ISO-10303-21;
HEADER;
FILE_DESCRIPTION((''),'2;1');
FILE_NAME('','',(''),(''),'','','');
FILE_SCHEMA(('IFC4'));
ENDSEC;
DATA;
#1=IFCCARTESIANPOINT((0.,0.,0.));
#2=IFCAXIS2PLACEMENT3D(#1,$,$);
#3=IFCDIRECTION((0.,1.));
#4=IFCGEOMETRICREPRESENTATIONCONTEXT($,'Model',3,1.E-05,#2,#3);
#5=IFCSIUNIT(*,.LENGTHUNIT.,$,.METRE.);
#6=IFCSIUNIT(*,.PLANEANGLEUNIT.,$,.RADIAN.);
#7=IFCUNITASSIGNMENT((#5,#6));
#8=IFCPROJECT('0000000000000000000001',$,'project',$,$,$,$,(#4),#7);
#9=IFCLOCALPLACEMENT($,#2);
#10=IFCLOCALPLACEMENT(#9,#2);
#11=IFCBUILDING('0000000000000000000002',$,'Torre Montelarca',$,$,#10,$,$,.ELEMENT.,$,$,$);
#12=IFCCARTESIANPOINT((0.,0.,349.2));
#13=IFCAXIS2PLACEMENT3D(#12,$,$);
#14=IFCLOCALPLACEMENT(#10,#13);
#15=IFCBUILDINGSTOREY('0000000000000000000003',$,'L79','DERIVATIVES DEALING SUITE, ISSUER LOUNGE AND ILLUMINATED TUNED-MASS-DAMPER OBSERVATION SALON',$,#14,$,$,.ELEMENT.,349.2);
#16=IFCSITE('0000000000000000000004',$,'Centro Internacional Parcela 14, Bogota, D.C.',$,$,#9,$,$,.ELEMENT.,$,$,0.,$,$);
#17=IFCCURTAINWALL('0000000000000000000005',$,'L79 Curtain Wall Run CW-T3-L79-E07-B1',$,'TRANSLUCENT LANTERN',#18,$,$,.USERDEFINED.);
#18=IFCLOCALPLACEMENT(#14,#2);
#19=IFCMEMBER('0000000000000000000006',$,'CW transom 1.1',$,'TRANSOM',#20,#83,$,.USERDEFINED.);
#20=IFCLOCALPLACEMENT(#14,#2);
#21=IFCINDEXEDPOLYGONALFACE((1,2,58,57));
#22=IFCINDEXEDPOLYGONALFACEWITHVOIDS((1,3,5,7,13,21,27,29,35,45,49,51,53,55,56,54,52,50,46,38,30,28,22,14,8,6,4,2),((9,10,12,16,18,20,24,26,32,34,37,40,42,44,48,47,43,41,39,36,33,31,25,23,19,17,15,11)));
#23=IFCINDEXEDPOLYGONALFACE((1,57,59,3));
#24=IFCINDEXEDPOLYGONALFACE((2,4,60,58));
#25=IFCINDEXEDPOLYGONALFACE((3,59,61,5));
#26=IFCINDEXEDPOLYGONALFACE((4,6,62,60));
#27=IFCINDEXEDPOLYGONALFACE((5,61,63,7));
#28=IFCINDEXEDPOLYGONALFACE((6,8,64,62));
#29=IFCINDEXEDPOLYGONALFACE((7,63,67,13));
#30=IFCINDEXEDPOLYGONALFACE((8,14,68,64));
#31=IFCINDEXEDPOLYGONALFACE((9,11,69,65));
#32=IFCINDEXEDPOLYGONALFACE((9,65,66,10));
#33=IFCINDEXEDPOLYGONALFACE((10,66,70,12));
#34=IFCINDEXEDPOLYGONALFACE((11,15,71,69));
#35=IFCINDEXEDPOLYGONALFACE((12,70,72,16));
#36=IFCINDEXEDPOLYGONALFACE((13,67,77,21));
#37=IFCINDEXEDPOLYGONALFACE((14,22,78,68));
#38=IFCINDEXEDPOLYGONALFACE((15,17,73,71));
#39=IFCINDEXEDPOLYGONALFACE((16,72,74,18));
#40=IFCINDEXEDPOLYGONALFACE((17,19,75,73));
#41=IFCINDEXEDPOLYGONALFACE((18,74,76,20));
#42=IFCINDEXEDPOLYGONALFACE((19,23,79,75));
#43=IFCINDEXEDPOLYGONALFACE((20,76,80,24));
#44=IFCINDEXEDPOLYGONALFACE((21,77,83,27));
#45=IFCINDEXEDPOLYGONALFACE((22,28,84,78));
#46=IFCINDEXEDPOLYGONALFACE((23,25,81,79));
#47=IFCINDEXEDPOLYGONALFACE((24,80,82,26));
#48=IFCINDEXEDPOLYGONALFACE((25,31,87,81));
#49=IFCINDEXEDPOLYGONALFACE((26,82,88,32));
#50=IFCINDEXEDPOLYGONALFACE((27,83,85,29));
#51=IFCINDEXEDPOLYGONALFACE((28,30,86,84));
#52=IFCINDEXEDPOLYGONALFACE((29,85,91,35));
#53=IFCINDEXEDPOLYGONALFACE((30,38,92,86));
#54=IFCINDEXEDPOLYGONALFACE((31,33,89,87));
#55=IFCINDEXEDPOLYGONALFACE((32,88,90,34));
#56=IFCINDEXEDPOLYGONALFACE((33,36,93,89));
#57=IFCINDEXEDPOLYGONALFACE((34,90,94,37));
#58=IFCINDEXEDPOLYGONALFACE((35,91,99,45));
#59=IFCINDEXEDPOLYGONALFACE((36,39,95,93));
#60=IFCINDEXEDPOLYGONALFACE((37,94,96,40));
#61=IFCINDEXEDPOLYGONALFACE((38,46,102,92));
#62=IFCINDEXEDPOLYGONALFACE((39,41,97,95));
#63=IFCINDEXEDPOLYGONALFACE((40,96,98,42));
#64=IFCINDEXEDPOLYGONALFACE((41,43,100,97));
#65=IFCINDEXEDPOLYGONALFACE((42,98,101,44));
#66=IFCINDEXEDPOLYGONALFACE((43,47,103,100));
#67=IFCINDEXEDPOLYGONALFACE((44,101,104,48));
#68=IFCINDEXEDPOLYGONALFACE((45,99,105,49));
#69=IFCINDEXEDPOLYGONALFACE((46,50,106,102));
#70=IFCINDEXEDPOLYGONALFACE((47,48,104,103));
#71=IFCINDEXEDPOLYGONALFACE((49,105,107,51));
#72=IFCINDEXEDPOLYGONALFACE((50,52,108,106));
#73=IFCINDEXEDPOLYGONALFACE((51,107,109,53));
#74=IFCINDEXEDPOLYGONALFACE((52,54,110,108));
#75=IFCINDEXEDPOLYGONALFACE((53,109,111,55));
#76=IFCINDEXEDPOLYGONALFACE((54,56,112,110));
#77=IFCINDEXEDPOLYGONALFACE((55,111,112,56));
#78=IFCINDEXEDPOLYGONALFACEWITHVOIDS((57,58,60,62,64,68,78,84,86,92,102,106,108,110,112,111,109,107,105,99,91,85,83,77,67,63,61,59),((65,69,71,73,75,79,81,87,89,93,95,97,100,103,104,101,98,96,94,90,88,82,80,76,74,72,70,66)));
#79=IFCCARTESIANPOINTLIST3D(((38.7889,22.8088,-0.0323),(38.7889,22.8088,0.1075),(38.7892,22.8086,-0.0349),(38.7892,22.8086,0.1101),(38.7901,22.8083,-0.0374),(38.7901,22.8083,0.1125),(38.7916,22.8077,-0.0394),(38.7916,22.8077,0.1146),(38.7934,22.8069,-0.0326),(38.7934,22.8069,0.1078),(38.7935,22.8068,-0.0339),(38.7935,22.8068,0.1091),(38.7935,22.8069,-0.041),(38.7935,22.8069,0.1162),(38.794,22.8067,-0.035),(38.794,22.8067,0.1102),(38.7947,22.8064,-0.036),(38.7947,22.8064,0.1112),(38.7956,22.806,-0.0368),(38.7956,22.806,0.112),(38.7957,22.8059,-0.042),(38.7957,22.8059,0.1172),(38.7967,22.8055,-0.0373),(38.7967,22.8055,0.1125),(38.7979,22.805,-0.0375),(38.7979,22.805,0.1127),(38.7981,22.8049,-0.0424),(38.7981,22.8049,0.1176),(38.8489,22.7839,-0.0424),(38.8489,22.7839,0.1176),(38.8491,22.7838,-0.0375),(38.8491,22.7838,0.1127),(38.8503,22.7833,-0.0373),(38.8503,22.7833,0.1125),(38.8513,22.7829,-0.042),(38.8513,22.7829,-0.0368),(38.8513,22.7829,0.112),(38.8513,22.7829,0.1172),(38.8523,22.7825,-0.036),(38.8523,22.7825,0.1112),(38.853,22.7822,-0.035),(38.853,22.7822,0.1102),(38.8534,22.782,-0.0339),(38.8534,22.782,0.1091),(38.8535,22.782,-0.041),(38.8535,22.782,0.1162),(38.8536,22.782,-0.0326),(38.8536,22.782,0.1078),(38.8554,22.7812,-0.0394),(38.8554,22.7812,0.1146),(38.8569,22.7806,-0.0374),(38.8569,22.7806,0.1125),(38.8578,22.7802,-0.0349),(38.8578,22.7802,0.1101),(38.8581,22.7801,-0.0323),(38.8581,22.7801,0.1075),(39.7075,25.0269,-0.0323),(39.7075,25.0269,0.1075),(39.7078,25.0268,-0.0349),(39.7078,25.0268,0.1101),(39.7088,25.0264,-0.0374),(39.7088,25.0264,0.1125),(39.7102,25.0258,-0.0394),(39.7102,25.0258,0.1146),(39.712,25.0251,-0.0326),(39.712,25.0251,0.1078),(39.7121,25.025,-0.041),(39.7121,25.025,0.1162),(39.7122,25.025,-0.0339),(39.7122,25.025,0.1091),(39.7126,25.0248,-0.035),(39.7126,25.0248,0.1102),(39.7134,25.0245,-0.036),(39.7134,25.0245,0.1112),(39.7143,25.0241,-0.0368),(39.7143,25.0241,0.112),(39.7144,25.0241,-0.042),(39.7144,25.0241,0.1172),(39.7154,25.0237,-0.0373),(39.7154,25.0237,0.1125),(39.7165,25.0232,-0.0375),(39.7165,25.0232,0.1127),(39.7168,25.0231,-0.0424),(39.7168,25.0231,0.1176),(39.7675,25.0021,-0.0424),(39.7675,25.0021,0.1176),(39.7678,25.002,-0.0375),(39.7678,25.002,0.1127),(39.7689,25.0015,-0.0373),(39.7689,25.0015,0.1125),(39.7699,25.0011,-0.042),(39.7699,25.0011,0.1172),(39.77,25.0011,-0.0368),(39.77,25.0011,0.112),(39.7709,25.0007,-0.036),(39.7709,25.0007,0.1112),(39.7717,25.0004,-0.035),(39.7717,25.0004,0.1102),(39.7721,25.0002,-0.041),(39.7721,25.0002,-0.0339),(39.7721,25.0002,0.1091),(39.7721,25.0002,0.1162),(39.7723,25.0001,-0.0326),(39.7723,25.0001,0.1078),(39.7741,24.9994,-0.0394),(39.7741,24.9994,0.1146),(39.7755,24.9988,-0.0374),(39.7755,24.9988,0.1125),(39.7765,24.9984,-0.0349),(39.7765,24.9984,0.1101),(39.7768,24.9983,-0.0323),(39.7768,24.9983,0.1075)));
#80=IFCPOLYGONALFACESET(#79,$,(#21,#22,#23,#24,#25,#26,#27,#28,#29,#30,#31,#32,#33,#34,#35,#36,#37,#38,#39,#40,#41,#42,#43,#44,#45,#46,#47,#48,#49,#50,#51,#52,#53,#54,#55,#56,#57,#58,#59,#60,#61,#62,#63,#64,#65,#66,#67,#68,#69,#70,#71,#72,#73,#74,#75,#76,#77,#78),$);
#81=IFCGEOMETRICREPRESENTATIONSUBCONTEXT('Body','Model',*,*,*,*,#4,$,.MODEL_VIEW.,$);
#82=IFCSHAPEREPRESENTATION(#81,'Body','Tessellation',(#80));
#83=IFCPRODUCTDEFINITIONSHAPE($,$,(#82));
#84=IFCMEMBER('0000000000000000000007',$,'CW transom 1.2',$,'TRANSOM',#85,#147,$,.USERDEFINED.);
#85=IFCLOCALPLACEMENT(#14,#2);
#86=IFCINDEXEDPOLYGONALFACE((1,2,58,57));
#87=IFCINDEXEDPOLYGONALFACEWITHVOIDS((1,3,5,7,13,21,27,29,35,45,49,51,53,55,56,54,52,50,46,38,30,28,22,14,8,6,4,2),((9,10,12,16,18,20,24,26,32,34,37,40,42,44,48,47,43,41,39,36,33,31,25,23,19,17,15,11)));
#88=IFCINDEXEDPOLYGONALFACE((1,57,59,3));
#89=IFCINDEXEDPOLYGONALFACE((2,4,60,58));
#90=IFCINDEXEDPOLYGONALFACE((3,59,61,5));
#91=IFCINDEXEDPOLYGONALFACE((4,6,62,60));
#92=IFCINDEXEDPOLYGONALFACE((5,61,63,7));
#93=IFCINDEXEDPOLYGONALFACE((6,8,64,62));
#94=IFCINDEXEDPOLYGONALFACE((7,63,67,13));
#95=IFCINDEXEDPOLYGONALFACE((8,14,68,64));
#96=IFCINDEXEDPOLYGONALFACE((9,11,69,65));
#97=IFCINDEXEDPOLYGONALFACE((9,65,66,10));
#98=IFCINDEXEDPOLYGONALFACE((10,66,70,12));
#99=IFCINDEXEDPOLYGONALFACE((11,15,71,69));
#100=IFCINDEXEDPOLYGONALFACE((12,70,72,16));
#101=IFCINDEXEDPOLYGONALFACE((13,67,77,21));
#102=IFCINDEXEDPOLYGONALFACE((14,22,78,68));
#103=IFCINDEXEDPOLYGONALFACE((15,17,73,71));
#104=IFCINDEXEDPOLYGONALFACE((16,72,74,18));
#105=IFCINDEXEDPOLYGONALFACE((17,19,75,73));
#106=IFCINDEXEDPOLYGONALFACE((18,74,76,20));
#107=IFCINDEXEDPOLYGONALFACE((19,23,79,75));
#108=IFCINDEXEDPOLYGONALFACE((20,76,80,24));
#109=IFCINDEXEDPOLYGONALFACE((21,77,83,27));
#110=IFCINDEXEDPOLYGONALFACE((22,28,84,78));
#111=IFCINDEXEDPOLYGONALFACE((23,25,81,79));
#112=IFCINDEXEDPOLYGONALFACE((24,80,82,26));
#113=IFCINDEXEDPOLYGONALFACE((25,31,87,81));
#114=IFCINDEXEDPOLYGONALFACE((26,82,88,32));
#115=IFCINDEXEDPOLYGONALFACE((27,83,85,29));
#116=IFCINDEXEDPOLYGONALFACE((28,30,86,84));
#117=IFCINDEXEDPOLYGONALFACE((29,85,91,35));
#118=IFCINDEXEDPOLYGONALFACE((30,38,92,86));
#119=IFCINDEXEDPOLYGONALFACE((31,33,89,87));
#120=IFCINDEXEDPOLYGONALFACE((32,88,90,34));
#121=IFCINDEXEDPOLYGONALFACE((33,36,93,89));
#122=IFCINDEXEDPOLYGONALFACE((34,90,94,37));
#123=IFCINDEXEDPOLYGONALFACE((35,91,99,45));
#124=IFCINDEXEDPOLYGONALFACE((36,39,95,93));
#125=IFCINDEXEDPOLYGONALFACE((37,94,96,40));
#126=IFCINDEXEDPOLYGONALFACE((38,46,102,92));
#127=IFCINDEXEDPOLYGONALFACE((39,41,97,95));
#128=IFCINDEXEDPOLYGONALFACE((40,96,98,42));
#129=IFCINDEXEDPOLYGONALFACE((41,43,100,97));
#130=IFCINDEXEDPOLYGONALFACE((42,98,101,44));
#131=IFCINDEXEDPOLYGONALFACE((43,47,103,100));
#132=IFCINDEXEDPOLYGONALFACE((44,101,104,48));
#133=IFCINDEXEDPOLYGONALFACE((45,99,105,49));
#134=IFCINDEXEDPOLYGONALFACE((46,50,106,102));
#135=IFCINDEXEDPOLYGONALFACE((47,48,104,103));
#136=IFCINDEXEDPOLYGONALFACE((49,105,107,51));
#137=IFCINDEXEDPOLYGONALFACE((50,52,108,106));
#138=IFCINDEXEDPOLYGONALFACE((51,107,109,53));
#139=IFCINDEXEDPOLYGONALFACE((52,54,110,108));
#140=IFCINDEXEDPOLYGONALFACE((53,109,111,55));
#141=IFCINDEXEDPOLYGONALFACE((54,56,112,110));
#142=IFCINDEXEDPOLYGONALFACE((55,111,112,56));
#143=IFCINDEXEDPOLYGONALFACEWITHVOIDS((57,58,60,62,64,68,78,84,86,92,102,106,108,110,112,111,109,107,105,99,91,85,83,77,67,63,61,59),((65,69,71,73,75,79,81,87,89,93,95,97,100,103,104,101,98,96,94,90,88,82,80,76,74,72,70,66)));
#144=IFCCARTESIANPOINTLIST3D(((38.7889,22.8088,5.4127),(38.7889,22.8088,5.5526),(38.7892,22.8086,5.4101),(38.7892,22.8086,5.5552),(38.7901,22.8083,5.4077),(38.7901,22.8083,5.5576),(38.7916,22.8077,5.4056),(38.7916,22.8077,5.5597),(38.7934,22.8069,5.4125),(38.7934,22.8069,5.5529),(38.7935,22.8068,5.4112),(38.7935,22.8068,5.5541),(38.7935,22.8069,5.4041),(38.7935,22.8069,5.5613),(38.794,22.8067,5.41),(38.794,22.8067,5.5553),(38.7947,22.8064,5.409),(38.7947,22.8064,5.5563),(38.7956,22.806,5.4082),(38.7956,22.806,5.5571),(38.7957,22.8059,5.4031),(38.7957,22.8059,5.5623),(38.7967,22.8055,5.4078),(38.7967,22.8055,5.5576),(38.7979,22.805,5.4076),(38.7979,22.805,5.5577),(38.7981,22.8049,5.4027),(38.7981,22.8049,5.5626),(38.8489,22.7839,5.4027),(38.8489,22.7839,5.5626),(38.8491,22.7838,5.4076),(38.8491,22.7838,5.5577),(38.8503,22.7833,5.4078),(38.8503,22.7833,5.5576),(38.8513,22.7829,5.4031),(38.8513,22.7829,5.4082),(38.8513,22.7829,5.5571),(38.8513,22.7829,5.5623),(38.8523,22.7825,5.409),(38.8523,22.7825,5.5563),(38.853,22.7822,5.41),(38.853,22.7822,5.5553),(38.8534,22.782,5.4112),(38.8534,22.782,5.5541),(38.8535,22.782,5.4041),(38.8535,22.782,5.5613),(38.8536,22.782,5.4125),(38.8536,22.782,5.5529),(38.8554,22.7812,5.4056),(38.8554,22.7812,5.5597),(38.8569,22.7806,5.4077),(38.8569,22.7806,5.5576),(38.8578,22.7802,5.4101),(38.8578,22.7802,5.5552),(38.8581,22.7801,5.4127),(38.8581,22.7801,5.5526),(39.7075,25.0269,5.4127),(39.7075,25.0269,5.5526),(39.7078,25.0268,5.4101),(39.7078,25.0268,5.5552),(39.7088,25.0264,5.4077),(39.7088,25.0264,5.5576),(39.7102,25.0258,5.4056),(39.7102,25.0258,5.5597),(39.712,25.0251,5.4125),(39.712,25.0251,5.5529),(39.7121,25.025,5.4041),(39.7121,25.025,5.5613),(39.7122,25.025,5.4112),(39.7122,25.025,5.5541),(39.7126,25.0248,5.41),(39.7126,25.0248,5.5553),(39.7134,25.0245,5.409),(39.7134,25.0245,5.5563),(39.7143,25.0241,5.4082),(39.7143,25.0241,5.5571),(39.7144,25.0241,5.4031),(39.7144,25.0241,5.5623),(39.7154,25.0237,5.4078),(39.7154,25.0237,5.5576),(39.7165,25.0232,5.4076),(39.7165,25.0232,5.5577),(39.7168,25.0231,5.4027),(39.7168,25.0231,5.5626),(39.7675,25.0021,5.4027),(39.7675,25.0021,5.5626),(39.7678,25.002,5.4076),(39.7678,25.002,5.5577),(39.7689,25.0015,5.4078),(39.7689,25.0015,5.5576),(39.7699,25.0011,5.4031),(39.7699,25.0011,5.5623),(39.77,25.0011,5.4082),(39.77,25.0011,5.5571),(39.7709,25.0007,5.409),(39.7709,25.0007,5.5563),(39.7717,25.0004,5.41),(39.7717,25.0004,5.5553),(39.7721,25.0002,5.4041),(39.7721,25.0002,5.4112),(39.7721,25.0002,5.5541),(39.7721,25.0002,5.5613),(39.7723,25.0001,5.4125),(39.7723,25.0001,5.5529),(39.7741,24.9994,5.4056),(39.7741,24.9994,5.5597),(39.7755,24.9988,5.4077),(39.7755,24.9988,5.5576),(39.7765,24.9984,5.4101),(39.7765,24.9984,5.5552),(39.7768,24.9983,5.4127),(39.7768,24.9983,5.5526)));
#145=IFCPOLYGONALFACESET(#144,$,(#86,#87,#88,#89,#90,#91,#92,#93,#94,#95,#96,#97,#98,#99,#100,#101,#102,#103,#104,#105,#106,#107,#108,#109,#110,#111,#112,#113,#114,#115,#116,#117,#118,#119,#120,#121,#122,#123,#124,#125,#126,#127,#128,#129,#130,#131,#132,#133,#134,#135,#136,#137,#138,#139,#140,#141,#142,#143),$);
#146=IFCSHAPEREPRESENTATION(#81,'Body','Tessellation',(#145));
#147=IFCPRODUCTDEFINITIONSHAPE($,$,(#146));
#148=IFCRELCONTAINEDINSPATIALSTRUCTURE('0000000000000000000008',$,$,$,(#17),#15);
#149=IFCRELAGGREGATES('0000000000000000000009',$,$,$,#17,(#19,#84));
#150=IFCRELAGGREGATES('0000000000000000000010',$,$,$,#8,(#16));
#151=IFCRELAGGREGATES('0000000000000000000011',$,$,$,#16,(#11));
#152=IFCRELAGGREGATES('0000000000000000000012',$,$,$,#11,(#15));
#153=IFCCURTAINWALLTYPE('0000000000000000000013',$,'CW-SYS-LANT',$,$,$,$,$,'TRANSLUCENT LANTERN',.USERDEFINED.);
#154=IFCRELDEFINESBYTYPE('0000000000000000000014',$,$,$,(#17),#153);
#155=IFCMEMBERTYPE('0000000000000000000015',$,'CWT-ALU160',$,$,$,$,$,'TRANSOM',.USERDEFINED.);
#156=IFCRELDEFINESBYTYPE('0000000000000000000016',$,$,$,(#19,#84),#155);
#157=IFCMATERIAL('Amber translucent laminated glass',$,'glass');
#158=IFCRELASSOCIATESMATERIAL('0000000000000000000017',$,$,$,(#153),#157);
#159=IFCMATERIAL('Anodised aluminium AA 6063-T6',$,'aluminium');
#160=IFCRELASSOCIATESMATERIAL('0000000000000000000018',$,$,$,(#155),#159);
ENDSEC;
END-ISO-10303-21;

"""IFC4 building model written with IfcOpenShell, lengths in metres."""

from ifc_helpers import new_model, si_unit, direction, frame, origin, origin_2d, place, context, subcontext, project, spatial, hollow_rectangle, extrude, source, transform, mapped, material, material_profile, profile_set, type_object, element, aggregate, save


model = new_model("IFC4")

# Units and contexts
model_context = context("Model", 3, precision=1e-05, world=origin(), true_north=direction((0.0, 1.0)))
body_context = subcontext(model_context, "Body", "Model", "MODEL_VIEW")
ifc_project = project(units=[si_unit("LENGTHUNIT", "METRE"), si_unit("PLANEANGLEUNIT", "RADIAN")], contexts=[model_context])

# Site, building, storey
site_placement = place(None, origin())
site = spatial("IfcSite", under=ifc_project, at=site_placement, Name="Centro Internacional Parcela 14, Bogota, D.C.", CompositionType="ELEMENT", RefElevation=0.0)
building_placement = place(site_placement, origin())
building = spatial("IfcBuilding", under=site, at=building_placement, Name="Torre Montelarca", CompositionType="ELEMENT")
storey_placement = place(building_placement, frame((0.0, 0.0, 349.2)))
storey = spatial("IfcBuildingStorey", under=building, at=storey_placement, Name="L79", Description="DERIVATIVES DEALING SUITE, ISSUER LOUNGE AND ILLUMINATED TUNED-MASS-DAMPER OBSERVATION SALON", CompositionType="ELEMENT", Elevation=349.2)

# Curtain wall, members
ifc_material_1 = material(Name="Amber translucent laminated glass", Category="glass")
curtain_wall_type = type_object("IfcCurtainWallType", Name="CW-SYS-LANT", ElementType="TRANSLUCENT LANTERN", PredefinedType="USERDEFINED", material=ifc_material_1)
curtain_wall_placement = place(storey_placement, origin())
curtain_wall = element("IfcCurtainWall", 1, at=curtain_wall_placement, inside=storey, type_object=curtain_wall_type, Name="L79 Curtain Wall Run CW-T3-L79-E07-B1", ObjectType="TRANSLUCENT LANTERN", PredefinedType="USERDEFINED")
ifc_material_2 = material(Name="Anodised aluminium AA 6063-T6", Category="aluminium")
ifc_material_profile_1 = material_profile(ifc_material_2, hollow_rectangle(XDim=0.075, YDim=0.1599, WallThickness=0.0049, InnerFilletRadius=0.0049, OuterFilletRadius=0.01, at=origin_2d()), Name="ALU75X160X5", Category="aluminium")
ifc_profile_set_1 = profile_set([ifc_material_profile_1], Name="Anodised aluminium AA 6063-T6")
member_type_1 = type_object("IfcMemberType", Name="CWT-ALU160", ElementType="TRANSOM", PredefinedType="USERDEFINED", material=ifc_profile_set_1)
shared_shape_1 = source(origin(), body_context, "Body", "SweptSolid", [
    extrude(hollow_rectangle(XDim=0.075, YDim=0.1599, WallThickness=0.0049, InnerFilletRadius=0.0049, OuterFilletRadius=0.01, at=origin_2d()), origin(), (0.0, 0.0, 1.0), 2.4009),
])
member_1_placement = place(storey_placement, frame((38.8235, 22.7944, 0.0376), z_axis=(0.382636, 0.923899, 0.0), x_axis=(-0.923899, 0.382636, 0.0)))
member_1 = element("IfcMember", 2, at=member_1_placement, type_object=member_type_1, Name="CW transom 1.1", ObjectType="TRANSOM", PredefinedType="USERDEFINED", context=body_context, shape_type="MappedRepresentation", body=[
    mapped(shared_shape_1, transform((0.0, 0.0, 0.0), scale=1.0)),
])
member_2_placement = place(storey_placement, frame((38.8235, 22.7944, 5.4827), z_axis=(0.382636, 0.923899, 0.0), x_axis=(-0.923899, 0.382636, 0.0)))
member_2 = element("IfcMember", 3, at=member_2_placement, type_object=member_type_1, Name="CW transom 1.2", ObjectType="TRANSOM", PredefinedType="USERDEFINED", context=body_context, shape_type="MappedRepresentation", body=[
    mapped(shared_shape_1, transform((0.0, 0.0, 0.0), scale=1.0)),
])

aggregate(curtain_wall, [member_1, member_2])

save(model, "model.ifc")
